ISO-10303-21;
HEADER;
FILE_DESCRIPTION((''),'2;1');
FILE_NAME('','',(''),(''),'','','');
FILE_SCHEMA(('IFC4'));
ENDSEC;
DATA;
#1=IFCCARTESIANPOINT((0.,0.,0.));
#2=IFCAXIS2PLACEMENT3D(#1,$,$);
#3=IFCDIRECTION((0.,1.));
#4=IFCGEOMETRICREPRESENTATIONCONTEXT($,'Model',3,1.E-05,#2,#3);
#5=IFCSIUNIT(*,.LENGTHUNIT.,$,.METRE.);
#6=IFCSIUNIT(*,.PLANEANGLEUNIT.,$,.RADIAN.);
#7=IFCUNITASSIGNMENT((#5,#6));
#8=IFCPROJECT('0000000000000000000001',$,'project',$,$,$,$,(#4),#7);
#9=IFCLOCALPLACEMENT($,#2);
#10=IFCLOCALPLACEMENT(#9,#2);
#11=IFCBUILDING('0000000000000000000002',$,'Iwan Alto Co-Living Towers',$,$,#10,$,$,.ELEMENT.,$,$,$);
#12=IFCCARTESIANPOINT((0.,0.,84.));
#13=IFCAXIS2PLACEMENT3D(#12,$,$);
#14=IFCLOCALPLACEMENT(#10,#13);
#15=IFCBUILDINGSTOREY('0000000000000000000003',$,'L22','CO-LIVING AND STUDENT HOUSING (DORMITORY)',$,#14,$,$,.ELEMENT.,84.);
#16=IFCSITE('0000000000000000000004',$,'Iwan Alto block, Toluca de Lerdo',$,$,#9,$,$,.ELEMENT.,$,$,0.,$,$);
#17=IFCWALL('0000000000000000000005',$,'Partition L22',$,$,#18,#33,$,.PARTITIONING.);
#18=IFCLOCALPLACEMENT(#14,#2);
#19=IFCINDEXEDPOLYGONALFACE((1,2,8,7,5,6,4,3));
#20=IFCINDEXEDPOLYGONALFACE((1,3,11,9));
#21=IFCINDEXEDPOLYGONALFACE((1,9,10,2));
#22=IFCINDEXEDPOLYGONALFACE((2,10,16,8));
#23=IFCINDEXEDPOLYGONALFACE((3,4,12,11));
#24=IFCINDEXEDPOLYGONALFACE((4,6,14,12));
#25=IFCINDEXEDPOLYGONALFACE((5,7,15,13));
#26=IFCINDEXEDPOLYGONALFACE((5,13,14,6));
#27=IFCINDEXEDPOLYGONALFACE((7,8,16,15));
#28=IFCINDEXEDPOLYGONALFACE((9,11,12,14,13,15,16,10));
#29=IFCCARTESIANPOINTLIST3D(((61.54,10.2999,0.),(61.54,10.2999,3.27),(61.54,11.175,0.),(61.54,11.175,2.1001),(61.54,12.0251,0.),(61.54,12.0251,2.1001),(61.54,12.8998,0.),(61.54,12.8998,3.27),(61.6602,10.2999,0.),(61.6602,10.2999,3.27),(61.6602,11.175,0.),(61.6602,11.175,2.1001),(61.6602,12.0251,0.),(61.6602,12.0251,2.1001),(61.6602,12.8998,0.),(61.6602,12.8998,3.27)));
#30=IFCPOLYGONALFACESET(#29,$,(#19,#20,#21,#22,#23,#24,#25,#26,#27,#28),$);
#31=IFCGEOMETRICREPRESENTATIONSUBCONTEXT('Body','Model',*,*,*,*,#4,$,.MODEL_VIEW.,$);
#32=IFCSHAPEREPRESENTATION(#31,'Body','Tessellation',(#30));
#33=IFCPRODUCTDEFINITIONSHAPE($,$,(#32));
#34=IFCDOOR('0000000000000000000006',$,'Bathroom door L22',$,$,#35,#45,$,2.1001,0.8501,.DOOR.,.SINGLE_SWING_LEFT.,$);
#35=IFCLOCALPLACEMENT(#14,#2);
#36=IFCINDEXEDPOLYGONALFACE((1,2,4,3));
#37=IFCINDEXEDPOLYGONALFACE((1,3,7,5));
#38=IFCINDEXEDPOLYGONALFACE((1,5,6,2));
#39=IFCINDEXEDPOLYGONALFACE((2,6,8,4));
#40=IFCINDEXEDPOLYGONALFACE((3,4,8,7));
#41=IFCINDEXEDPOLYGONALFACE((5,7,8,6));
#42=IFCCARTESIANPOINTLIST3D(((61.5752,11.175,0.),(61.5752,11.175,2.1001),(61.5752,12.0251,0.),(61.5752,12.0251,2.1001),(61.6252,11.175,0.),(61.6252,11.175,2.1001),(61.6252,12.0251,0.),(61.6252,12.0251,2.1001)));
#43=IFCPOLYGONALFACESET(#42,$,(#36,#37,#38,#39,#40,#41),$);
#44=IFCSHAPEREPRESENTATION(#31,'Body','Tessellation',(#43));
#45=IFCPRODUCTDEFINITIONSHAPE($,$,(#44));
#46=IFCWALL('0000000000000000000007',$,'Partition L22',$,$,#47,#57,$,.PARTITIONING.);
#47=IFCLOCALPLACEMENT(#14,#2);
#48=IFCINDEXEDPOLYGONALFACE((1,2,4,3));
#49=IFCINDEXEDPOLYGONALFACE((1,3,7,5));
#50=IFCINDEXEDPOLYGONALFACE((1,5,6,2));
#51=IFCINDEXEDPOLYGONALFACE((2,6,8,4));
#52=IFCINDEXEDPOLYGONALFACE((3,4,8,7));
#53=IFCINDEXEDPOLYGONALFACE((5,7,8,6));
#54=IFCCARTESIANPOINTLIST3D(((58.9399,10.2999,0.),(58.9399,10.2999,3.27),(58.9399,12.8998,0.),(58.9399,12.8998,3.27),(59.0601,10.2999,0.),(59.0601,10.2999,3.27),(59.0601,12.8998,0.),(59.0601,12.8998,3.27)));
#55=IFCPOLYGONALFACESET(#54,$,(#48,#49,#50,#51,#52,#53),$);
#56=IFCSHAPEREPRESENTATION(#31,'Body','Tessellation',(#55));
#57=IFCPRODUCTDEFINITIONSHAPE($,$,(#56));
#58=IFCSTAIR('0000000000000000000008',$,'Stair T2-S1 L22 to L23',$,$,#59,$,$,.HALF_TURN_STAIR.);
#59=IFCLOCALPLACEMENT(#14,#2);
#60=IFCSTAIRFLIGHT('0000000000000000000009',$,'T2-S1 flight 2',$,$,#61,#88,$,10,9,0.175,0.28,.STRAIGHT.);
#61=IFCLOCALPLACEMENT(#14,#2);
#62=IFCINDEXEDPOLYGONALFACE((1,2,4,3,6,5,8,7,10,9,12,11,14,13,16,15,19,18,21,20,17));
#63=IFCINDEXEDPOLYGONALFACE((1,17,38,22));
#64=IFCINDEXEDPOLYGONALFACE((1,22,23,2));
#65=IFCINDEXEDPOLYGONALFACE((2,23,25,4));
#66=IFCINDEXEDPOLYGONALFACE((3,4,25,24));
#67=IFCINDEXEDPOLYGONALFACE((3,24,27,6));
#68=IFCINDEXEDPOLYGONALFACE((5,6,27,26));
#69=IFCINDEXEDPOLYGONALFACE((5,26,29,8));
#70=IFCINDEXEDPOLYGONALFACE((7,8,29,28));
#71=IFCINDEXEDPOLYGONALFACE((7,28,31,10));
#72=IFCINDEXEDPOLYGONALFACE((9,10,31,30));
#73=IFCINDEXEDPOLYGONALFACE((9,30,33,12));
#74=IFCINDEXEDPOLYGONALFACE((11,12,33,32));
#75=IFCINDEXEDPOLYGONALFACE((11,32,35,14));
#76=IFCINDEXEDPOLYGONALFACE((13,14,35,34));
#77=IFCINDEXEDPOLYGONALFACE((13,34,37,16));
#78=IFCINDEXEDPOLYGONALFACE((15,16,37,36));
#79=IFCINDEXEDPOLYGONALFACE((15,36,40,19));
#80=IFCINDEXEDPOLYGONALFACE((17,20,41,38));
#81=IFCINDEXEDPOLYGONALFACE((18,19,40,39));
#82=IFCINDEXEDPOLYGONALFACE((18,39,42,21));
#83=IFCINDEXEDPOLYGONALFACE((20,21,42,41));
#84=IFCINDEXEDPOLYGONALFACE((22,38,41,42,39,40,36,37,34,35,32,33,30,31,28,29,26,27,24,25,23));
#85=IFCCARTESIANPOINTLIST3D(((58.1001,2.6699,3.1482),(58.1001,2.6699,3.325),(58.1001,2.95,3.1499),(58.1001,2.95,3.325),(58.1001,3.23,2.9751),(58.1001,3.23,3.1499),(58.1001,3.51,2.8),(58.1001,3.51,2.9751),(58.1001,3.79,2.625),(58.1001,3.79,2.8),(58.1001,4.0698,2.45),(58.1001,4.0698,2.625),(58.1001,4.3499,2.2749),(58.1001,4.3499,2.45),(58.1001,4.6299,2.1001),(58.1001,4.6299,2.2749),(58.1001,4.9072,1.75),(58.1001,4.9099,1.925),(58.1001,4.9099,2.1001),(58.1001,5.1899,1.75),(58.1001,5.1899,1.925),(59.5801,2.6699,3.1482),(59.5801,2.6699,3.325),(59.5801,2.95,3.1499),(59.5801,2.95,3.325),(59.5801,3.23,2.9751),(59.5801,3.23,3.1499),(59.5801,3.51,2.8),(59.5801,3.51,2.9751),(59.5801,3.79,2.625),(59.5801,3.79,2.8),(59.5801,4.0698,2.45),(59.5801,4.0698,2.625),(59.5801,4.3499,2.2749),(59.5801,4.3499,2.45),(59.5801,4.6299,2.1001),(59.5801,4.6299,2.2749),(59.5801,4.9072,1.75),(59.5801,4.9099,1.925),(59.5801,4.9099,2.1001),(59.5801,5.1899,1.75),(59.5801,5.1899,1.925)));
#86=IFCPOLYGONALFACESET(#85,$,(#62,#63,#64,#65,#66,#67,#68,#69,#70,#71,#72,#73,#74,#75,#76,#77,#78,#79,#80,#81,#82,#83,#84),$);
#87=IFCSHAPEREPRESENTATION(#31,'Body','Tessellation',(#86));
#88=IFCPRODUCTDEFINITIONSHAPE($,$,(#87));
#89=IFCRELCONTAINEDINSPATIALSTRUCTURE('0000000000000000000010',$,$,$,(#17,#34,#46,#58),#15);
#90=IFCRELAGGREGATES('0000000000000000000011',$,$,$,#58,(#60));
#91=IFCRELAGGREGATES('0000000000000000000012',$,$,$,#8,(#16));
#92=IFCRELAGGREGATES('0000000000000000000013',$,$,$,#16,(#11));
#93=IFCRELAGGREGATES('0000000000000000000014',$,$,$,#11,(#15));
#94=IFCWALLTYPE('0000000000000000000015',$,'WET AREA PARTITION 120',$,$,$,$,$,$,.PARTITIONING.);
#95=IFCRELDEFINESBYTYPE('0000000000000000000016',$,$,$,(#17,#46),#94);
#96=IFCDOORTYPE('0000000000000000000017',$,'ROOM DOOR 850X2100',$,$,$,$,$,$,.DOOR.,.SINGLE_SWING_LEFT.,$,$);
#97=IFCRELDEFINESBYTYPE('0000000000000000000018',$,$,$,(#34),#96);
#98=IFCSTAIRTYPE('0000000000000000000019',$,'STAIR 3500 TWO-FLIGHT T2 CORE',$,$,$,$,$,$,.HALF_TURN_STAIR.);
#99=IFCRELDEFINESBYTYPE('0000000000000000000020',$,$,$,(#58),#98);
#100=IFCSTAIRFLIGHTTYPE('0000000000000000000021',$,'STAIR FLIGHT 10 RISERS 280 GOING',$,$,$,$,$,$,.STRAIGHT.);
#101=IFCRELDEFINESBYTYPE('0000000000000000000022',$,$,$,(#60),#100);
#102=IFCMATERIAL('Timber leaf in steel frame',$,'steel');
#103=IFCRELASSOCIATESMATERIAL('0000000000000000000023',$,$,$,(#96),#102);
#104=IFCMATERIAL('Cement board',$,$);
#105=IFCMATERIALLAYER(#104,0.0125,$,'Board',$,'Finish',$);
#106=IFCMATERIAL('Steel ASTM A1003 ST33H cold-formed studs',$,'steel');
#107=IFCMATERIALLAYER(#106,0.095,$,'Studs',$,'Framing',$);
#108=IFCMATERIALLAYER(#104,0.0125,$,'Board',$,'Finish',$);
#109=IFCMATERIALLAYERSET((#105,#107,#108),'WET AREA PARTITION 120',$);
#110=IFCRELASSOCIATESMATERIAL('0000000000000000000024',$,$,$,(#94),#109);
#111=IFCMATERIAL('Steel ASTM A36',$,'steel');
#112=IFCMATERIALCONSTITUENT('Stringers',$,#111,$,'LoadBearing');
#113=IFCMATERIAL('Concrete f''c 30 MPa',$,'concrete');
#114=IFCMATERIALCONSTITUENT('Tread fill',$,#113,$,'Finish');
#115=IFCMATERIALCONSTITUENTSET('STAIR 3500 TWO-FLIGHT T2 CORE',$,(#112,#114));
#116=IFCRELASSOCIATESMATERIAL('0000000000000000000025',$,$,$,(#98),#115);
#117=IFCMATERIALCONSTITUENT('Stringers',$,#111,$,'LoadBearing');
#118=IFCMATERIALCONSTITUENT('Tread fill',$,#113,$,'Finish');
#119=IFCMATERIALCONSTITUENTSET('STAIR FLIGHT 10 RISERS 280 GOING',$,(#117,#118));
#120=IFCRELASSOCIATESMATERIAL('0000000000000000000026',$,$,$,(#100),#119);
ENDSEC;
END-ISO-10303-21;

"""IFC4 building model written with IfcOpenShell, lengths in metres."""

from ifc_helpers import new_model, si_unit, direction, frame, frame_2d, origin, place, context, subcontext, project, spatial, polyline, rectangle, outline, extrude, material, layer, layer_set, constituent, constituent_set, type_object, element, fill, aggregate, save


model = new_model("IFC4")

# Units and contexts
model_context = context("Model", 3, precision=1e-05, world=origin(), true_north=direction((0.0, 1.0)))
body_context = subcontext(model_context, "Body", "Model", "MODEL_VIEW")
ifc_project = project(units=[si_unit("LENGTHUNIT", "METRE"), si_unit("PLANEANGLEUNIT", "RADIAN")], contexts=[model_context])

# Site, building, storey
site_placement = place(None, origin())
site = spatial("IfcSite", under=ifc_project, at=site_placement, Name="Iwan Alto block, Toluca de Lerdo", CompositionType="ELEMENT", RefElevation=0.0)
building_placement = place(site_placement, origin())
building = spatial("IfcBuilding", under=site, at=building_placement, Name="Iwan Alto Co-Living Towers", CompositionType="ELEMENT")
storey_placement = place(building_placement, frame((0.0, 0.0, 84.0)))
storey = spatial("IfcBuildingStorey", under=building, at=storey_placement, Name="L22", Description="CO-LIVING AND STUDENT HOUSING (DORMITORY)", CompositionType="ELEMENT", Elevation=84.0)

# Shared definitions
ifc_material_1 = material(Name="Steel ASTM A1003 ST33H cold-formed studs", Category="steel")

# Shared definitions
ifc_material_2 = material(Name="Timber leaf in steel frame", Category="steel")
door_type_1 = type_object("IfcDoorType", Name="ROOM DOOR 850X2100", OperationType="SINGLE_SWING_LEFT", PredefinedType="DOOR", material=ifc_material_2)

# Shared definitions
ifc_material_3 = material(Name="Cement board")
ifc_layer_1 = layer(ifc_material_3, 0.0125, Name="Board", Category="Finish")
ifc_layer_2 = layer(ifc_material_1, 0.095, Name="Studs", Category="Framing")
ifc_layer_3 = layer(ifc_material_3, 0.0125, Name="Board", Category="Finish")
ifc_layer_set_1 = layer_set([ifc_layer_1, ifc_layer_2, ifc_layer_3], Name="WET AREA PARTITION 120")
wall_type_1 = type_object("IfcWallType", Name="WET AREA PARTITION 120", PredefinedType="PARTITIONING", material=ifc_layer_set_1)

# Wall, opening, door
wall_1_placement = place(storey_placement, frame((61.6001, 10.3, 0.0), z_axis=(0.0, 0.0, 1.0), x_axis=(0.0, 1.0, 0.0)))
wall_1 = element("IfcWall", 1, at=wall_1_placement, inside=storey, type_object=wall_type_1, Name="Partition L22", PredefinedType="PARTITIONING", context=body_context, shape_type="SweptSolid", body=[
    extrude(rectangle(XDim=2.5999, YDim=0.1201, at=frame_2d((1.2998, 0.0))), origin(), (0.0, 0.0, 1.0), 3.27),
])
opening_1_placement = place(wall_1_placement, frame((0.875, 0.0, 0.0)))
opening_1 = element("IfcOpeningElement", 2, at=opening_1_placement, cuts=wall_1, PredefinedType="OPENING", context=body_context, shape_type="SweptSolid", body=[
    extrude(rectangle(XDim=0.8501, YDim=2.1001, at=frame_2d((0.425, 1.05))), frame((0.0, 0.0701, 0.0), z_axis=(0.0, -1.0, 0.0), x_axis=(1.0, 0.0, 0.0)), (0.0, 0.0, 1.0), 0.1401),
])
door_1_placement = place(opening_1_placement, origin())
door_1 = element("IfcDoor", 3, at=door_1_placement, inside=storey, type_object=door_type_1, Name="Bathroom door L22", OperationType="SINGLE_SWING_LEFT", OverallHeight=2.1001, OverallWidth=0.8501, PredefinedType="DOOR", context=body_context, shape_type="SweptSolid", body=[
    extrude(rectangle(XDim=0.8501, YDim=2.1001, at=frame_2d((0.425, 1.05))), frame((0.0, 0.0249, 0.0), z_axis=(0.0, -1.0, 0.0), x_axis=(1.0, 0.0, 0.0)), (0.0, 0.0, 1.0), 0.05),
])
fill(opening_1, door_1)

# Wall
wall_2_placement = place(storey_placement, frame((59.0, 10.3, 0.0), z_axis=(0.0, 0.0, 1.0), x_axis=(0.0, 1.0, 0.0)))
element("IfcWall", 4, at=wall_2_placement, inside=storey, type_object=wall_type_1, Name="Partition L22", PredefinedType="PARTITIONING", context=body_context, shape_type="SweptSolid", body=[
    extrude(rectangle(XDim=2.5999, YDim=0.1201, at=frame_2d((1.2998, 0.0))), origin(), (0.0, 0.0, 1.0), 3.27),
])

# Stair, stair flight
ifc_material_4 = material(Name="Steel ASTM A36", Category="steel")
ifc_constituent_1 = constituent(ifc_material_4, Name="Stringers", Category="LoadBearing")
ifc_material_5 = material(Name="Concrete f'c 30 MPa", Category="concrete")
ifc_constituent_2 = constituent(ifc_material_5, Name="Tread fill", Category="Finish")
ifc_constituent_set_1 = constituent_set(constituents=[ifc_constituent_1, ifc_constituent_2], Name="STAIR 3500 TWO-FLIGHT T2 CORE")
stair_type = type_object("IfcStairType", Name="STAIR 3500 TWO-FLIGHT T2 CORE", PredefinedType="HALF_TURN_STAIR", material=ifc_constituent_set_1)
stair_placement = place(storey_placement, origin())
stair = element("IfcStair", 5, at=stair_placement, inside=storey, type_object=stair_type, Name="Stair T2-S1 L22 to L23", PredefinedType="HALF_TURN_STAIR")
ifc_constituent_3 = constituent(ifc_material_4, Name="Stringers", Category="LoadBearing")
ifc_constituent_4 = constituent(ifc_material_5, Name="Tread fill", Category="Finish")
ifc_constituent_set_2 = constituent_set(constituents=[ifc_constituent_3, ifc_constituent_4], Name="STAIR FLIGHT 10 RISERS 280 GOING")
stair_flight_type = type_object("IfcStairFlightType", Name="STAIR FLIGHT 10 RISERS 280 GOING", PredefinedType="STRAIGHT", material=ifc_constituent_set_2)
stair_flight_placement = place(storey_placement, frame((58.8401, 5.1899, 1.75), z_axis=(0.0, 0.0, 1.0), x_axis=(0.0, -1.0, 0.0)))
stair_flight = element("IfcStairFlight", 6, at=stair_flight_placement, type_object=stair_flight_type, Name="T2-S1 flight 2", NumberOfRisers=10, NumberOfTreads=9, PredefinedType="STRAIGHT", RiserHeight=0.175, TreadLength=0.28, context=body_context, shape_type="SweptSolid", body=[
    extrude(outline(polyline([(0.0, 0.0), (0.0, 0.175), (0.28, 0.175), (0.28, 0.3501), (0.5601, 0.3501), (0.5601, 0.5249), (0.8401, 0.5249), (0.8401, 0.7), (1.1201, 0.7), (1.1201, 0.875), (1.3999, 0.875), (1.3999, 1.05), (1.6799, 1.05), (1.6799, 1.2251), (1.96, 1.2251), (1.96, 1.3999), (2.24, 1.3999), (2.24, 1.575), (2.52, 1.575), (2.52, 1.75), (2.52, 1.3982), (0.2827, 0.0), (0.0, 0.0)])), frame((0.0, 0.74, 0.0), z_axis=(0.0, -1.0, 0.0), x_axis=(1.0, 0.0, 0.0)), (0.0, 0.0, 1.0), 1.48),
])
aggregate(stair, [stair_flight])

save(model, "model.ifc")
